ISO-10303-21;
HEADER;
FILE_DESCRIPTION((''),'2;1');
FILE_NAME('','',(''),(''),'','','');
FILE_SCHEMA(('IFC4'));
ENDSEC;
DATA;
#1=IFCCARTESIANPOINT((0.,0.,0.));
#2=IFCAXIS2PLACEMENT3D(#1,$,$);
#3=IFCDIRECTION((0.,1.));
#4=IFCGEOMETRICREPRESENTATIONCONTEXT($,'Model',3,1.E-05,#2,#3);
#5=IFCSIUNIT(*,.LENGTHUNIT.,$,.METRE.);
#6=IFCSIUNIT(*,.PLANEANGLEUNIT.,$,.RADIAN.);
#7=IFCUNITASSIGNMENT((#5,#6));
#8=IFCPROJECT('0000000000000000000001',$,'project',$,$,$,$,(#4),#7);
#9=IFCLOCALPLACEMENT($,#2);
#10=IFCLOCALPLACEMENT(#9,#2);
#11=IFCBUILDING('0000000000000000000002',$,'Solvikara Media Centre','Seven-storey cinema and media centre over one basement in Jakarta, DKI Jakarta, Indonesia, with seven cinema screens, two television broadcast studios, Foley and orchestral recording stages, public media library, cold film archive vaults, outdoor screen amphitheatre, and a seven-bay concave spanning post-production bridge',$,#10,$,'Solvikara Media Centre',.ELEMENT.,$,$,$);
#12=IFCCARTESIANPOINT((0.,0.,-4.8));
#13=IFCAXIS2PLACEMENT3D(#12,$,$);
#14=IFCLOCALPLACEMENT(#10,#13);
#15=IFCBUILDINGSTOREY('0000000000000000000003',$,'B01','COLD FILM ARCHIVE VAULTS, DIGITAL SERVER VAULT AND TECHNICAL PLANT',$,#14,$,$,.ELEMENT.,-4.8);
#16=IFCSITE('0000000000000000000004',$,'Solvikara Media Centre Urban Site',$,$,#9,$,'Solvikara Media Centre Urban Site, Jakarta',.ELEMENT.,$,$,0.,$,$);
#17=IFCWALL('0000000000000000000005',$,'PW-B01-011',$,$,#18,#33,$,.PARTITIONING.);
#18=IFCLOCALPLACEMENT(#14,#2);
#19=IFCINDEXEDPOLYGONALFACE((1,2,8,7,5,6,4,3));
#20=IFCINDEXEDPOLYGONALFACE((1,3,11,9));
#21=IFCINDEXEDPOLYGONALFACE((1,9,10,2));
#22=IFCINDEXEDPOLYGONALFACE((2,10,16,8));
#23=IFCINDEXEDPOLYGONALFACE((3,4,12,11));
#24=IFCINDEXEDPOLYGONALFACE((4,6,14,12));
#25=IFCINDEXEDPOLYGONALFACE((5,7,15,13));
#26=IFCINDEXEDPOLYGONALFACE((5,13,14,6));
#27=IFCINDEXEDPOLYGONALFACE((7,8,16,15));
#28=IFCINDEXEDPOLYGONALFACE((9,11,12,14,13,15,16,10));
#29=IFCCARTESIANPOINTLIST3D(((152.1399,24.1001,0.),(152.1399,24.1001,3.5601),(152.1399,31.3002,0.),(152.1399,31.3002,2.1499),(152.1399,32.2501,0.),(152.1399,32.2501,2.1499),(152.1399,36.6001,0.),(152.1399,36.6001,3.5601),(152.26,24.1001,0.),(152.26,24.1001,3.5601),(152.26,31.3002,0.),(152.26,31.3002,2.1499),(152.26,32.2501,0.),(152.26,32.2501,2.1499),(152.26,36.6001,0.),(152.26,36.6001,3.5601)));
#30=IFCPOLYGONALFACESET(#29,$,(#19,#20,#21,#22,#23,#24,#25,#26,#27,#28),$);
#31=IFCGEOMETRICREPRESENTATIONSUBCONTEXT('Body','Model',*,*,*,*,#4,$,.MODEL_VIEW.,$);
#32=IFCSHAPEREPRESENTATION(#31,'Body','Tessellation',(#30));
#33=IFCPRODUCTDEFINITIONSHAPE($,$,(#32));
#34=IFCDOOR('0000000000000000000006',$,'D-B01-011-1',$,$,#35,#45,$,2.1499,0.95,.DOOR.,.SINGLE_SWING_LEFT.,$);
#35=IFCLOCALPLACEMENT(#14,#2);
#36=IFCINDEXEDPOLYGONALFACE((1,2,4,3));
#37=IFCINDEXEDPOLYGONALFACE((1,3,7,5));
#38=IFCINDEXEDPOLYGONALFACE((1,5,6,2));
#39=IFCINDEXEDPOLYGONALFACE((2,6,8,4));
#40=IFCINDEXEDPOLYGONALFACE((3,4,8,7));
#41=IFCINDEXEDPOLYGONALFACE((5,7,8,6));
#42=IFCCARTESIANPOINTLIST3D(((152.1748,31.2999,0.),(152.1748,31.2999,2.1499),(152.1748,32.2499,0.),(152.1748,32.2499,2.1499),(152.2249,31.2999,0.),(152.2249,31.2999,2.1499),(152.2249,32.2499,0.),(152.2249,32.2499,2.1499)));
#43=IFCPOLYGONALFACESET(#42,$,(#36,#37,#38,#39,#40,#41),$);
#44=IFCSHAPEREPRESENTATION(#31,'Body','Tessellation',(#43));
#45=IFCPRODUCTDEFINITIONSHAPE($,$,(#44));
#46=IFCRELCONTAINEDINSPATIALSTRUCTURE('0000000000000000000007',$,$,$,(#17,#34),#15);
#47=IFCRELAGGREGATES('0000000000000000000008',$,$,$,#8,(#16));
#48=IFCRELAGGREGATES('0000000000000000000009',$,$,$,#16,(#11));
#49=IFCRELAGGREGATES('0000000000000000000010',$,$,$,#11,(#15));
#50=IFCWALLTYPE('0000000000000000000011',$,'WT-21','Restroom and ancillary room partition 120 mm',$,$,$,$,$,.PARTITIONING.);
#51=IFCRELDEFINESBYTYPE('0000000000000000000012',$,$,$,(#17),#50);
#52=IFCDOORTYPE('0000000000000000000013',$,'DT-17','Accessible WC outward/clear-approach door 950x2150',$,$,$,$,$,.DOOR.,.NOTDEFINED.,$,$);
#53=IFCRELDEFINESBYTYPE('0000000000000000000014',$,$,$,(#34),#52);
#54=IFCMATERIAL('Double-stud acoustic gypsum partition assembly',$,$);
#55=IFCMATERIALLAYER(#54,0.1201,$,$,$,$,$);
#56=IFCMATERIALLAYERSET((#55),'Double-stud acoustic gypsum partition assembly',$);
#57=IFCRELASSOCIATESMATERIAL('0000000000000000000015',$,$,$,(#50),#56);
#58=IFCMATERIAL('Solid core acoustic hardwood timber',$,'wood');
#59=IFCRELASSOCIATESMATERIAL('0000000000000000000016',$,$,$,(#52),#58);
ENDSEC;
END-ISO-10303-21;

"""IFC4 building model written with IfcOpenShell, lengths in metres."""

from ifc_helpers import new_model, si_unit, direction, frame, frame_2d, origin, place, context, subcontext, project, spatial, rectangle, extrude, material, layer, layer_set, type_object, element, fill, save


model = new_model("IFC4")

# Units and contexts
model_context = context("Model", 3, precision=1e-05, world=origin(), true_north=direction((0.0, 1.0)))
body_context = subcontext(model_context, "Body", "Model", "MODEL_VIEW")
ifc_project = project(units=[si_unit("LENGTHUNIT", "METRE"), si_unit("PLANEANGLEUNIT", "RADIAN")], contexts=[model_context])

# Site, building, storey
site_placement = place(None, origin())
site = spatial("IfcSite", under=ifc_project, at=site_placement, Name="Solvikara Media Centre Urban Site", LongName="Solvikara Media Centre Urban Site, Jakarta", CompositionType="ELEMENT", RefElevation=0.0)
building_placement = place(site_placement, origin())
building = spatial("IfcBuilding", under=site, at=building_placement, Name="Solvikara Media Centre", Description="Seven-storey cinema and media centre over one basement in Jakarta, DKI Jakarta, Indonesia, with seven cinema screens, two television broadcast studios, Foley and orchestral recording stages, public media library, cold film archive vaults, outdoor screen amphitheatre, and a seven-bay concave spanning post-production bridge", LongName="Solvikara Media Centre", CompositionType="ELEMENT")
storey_placement = place(building_placement, frame((0.0, 0.0, -4.8)))
storey = spatial("IfcBuildingStorey", under=building, at=storey_placement, Name="B01", Description="COLD FILM ARCHIVE VAULTS, DIGITAL SERVER VAULT AND TECHNICAL PLANT", CompositionType="ELEMENT", Elevation=-4.8)

# Wall, opening, door
ifc_material_1 = material(Name="Double-stud acoustic gypsum partition assembly")
ifc_layer = layer(ifc_material_1, 0.1201)
ifc_layer_set = layer_set([ifc_layer], Name="Double-stud acoustic gypsum partition assembly")
wall_type = type_object("IfcWallType", Name="WT-21", Description="Restroom and ancillary room partition 120 mm", PredefinedType="PARTITIONING", material=ifc_layer_set)
wall_placement = place(storey_placement, frame((152.2, 24.1001, 0.0), z_axis=(0.0, 0.0, 1.0), x_axis=(0.0, 1.0, 0.0)))
wall = element("IfcWall", 1, at=wall_placement, inside=storey, type_object=wall_type, Name="PW-B01-011", PredefinedType="PARTITIONING", context=body_context, shape_type="SweptSolid", body=[
    extrude(rectangle(XDim=12.5, YDim=0.1201, at=frame_2d((6.25, 0.0))), origin(), (0.0, 0.0, 1.0), 3.5601),
])
opening_placement = place(wall_placement, frame((7.2, 0.0, 0.0)))
opening = element("IfcOpeningElement", 2, at=opening_placement, cuts=wall, PredefinedType="OPENING", context=body_context, shape_type="SweptSolid", body=[
    extrude(rectangle(XDim=0.95, YDim=2.1499, at=frame_2d((0.4751, 1.075))), frame((0.0, 0.072, 0.0), z_axis=(0.0, -1.0, 0.0), x_axis=(1.0, 0.0, 0.0)), (0.0, 0.0, 1.0), 0.144),
])
ifc_material_2 = material(Name="Solid core acoustic hardwood timber", Category="wood")
door_type = type_object("IfcDoorType", Name="DT-17", Description="Accessible WC outward/clear-approach door 950x2150", OperationType="NOTDEFINED", PredefinedType="DOOR", material=ifc_material_2)
door_placement = place(opening_placement, frame((0.95, 0.0, 0.0), z_axis=(0.0, 0.0, 1.0), x_axis=(-1.0, 0.0, 0.0)))
door = element("IfcDoor", 3, at=door_placement, inside=storey, type_object=door_type, Name="D-B01-011-1", OperationType="SINGLE_SWING_LEFT", OverallHeight=2.1499, OverallWidth=0.95, PredefinedType="DOOR", context=body_context, shape_type="SweptSolid", body=[
    extrude(rectangle(XDim=0.95, YDim=2.1499, at=frame_2d((0.4751, 1.075))), frame((0.0, 0.0249, 0.0), z_axis=(0.0, -1.0, 0.0), x_axis=(1.0, 0.0, 0.0)), (0.0, 0.0, 1.0), 0.05),
])
fill(opening, door)

save(model, "model.ifc")
